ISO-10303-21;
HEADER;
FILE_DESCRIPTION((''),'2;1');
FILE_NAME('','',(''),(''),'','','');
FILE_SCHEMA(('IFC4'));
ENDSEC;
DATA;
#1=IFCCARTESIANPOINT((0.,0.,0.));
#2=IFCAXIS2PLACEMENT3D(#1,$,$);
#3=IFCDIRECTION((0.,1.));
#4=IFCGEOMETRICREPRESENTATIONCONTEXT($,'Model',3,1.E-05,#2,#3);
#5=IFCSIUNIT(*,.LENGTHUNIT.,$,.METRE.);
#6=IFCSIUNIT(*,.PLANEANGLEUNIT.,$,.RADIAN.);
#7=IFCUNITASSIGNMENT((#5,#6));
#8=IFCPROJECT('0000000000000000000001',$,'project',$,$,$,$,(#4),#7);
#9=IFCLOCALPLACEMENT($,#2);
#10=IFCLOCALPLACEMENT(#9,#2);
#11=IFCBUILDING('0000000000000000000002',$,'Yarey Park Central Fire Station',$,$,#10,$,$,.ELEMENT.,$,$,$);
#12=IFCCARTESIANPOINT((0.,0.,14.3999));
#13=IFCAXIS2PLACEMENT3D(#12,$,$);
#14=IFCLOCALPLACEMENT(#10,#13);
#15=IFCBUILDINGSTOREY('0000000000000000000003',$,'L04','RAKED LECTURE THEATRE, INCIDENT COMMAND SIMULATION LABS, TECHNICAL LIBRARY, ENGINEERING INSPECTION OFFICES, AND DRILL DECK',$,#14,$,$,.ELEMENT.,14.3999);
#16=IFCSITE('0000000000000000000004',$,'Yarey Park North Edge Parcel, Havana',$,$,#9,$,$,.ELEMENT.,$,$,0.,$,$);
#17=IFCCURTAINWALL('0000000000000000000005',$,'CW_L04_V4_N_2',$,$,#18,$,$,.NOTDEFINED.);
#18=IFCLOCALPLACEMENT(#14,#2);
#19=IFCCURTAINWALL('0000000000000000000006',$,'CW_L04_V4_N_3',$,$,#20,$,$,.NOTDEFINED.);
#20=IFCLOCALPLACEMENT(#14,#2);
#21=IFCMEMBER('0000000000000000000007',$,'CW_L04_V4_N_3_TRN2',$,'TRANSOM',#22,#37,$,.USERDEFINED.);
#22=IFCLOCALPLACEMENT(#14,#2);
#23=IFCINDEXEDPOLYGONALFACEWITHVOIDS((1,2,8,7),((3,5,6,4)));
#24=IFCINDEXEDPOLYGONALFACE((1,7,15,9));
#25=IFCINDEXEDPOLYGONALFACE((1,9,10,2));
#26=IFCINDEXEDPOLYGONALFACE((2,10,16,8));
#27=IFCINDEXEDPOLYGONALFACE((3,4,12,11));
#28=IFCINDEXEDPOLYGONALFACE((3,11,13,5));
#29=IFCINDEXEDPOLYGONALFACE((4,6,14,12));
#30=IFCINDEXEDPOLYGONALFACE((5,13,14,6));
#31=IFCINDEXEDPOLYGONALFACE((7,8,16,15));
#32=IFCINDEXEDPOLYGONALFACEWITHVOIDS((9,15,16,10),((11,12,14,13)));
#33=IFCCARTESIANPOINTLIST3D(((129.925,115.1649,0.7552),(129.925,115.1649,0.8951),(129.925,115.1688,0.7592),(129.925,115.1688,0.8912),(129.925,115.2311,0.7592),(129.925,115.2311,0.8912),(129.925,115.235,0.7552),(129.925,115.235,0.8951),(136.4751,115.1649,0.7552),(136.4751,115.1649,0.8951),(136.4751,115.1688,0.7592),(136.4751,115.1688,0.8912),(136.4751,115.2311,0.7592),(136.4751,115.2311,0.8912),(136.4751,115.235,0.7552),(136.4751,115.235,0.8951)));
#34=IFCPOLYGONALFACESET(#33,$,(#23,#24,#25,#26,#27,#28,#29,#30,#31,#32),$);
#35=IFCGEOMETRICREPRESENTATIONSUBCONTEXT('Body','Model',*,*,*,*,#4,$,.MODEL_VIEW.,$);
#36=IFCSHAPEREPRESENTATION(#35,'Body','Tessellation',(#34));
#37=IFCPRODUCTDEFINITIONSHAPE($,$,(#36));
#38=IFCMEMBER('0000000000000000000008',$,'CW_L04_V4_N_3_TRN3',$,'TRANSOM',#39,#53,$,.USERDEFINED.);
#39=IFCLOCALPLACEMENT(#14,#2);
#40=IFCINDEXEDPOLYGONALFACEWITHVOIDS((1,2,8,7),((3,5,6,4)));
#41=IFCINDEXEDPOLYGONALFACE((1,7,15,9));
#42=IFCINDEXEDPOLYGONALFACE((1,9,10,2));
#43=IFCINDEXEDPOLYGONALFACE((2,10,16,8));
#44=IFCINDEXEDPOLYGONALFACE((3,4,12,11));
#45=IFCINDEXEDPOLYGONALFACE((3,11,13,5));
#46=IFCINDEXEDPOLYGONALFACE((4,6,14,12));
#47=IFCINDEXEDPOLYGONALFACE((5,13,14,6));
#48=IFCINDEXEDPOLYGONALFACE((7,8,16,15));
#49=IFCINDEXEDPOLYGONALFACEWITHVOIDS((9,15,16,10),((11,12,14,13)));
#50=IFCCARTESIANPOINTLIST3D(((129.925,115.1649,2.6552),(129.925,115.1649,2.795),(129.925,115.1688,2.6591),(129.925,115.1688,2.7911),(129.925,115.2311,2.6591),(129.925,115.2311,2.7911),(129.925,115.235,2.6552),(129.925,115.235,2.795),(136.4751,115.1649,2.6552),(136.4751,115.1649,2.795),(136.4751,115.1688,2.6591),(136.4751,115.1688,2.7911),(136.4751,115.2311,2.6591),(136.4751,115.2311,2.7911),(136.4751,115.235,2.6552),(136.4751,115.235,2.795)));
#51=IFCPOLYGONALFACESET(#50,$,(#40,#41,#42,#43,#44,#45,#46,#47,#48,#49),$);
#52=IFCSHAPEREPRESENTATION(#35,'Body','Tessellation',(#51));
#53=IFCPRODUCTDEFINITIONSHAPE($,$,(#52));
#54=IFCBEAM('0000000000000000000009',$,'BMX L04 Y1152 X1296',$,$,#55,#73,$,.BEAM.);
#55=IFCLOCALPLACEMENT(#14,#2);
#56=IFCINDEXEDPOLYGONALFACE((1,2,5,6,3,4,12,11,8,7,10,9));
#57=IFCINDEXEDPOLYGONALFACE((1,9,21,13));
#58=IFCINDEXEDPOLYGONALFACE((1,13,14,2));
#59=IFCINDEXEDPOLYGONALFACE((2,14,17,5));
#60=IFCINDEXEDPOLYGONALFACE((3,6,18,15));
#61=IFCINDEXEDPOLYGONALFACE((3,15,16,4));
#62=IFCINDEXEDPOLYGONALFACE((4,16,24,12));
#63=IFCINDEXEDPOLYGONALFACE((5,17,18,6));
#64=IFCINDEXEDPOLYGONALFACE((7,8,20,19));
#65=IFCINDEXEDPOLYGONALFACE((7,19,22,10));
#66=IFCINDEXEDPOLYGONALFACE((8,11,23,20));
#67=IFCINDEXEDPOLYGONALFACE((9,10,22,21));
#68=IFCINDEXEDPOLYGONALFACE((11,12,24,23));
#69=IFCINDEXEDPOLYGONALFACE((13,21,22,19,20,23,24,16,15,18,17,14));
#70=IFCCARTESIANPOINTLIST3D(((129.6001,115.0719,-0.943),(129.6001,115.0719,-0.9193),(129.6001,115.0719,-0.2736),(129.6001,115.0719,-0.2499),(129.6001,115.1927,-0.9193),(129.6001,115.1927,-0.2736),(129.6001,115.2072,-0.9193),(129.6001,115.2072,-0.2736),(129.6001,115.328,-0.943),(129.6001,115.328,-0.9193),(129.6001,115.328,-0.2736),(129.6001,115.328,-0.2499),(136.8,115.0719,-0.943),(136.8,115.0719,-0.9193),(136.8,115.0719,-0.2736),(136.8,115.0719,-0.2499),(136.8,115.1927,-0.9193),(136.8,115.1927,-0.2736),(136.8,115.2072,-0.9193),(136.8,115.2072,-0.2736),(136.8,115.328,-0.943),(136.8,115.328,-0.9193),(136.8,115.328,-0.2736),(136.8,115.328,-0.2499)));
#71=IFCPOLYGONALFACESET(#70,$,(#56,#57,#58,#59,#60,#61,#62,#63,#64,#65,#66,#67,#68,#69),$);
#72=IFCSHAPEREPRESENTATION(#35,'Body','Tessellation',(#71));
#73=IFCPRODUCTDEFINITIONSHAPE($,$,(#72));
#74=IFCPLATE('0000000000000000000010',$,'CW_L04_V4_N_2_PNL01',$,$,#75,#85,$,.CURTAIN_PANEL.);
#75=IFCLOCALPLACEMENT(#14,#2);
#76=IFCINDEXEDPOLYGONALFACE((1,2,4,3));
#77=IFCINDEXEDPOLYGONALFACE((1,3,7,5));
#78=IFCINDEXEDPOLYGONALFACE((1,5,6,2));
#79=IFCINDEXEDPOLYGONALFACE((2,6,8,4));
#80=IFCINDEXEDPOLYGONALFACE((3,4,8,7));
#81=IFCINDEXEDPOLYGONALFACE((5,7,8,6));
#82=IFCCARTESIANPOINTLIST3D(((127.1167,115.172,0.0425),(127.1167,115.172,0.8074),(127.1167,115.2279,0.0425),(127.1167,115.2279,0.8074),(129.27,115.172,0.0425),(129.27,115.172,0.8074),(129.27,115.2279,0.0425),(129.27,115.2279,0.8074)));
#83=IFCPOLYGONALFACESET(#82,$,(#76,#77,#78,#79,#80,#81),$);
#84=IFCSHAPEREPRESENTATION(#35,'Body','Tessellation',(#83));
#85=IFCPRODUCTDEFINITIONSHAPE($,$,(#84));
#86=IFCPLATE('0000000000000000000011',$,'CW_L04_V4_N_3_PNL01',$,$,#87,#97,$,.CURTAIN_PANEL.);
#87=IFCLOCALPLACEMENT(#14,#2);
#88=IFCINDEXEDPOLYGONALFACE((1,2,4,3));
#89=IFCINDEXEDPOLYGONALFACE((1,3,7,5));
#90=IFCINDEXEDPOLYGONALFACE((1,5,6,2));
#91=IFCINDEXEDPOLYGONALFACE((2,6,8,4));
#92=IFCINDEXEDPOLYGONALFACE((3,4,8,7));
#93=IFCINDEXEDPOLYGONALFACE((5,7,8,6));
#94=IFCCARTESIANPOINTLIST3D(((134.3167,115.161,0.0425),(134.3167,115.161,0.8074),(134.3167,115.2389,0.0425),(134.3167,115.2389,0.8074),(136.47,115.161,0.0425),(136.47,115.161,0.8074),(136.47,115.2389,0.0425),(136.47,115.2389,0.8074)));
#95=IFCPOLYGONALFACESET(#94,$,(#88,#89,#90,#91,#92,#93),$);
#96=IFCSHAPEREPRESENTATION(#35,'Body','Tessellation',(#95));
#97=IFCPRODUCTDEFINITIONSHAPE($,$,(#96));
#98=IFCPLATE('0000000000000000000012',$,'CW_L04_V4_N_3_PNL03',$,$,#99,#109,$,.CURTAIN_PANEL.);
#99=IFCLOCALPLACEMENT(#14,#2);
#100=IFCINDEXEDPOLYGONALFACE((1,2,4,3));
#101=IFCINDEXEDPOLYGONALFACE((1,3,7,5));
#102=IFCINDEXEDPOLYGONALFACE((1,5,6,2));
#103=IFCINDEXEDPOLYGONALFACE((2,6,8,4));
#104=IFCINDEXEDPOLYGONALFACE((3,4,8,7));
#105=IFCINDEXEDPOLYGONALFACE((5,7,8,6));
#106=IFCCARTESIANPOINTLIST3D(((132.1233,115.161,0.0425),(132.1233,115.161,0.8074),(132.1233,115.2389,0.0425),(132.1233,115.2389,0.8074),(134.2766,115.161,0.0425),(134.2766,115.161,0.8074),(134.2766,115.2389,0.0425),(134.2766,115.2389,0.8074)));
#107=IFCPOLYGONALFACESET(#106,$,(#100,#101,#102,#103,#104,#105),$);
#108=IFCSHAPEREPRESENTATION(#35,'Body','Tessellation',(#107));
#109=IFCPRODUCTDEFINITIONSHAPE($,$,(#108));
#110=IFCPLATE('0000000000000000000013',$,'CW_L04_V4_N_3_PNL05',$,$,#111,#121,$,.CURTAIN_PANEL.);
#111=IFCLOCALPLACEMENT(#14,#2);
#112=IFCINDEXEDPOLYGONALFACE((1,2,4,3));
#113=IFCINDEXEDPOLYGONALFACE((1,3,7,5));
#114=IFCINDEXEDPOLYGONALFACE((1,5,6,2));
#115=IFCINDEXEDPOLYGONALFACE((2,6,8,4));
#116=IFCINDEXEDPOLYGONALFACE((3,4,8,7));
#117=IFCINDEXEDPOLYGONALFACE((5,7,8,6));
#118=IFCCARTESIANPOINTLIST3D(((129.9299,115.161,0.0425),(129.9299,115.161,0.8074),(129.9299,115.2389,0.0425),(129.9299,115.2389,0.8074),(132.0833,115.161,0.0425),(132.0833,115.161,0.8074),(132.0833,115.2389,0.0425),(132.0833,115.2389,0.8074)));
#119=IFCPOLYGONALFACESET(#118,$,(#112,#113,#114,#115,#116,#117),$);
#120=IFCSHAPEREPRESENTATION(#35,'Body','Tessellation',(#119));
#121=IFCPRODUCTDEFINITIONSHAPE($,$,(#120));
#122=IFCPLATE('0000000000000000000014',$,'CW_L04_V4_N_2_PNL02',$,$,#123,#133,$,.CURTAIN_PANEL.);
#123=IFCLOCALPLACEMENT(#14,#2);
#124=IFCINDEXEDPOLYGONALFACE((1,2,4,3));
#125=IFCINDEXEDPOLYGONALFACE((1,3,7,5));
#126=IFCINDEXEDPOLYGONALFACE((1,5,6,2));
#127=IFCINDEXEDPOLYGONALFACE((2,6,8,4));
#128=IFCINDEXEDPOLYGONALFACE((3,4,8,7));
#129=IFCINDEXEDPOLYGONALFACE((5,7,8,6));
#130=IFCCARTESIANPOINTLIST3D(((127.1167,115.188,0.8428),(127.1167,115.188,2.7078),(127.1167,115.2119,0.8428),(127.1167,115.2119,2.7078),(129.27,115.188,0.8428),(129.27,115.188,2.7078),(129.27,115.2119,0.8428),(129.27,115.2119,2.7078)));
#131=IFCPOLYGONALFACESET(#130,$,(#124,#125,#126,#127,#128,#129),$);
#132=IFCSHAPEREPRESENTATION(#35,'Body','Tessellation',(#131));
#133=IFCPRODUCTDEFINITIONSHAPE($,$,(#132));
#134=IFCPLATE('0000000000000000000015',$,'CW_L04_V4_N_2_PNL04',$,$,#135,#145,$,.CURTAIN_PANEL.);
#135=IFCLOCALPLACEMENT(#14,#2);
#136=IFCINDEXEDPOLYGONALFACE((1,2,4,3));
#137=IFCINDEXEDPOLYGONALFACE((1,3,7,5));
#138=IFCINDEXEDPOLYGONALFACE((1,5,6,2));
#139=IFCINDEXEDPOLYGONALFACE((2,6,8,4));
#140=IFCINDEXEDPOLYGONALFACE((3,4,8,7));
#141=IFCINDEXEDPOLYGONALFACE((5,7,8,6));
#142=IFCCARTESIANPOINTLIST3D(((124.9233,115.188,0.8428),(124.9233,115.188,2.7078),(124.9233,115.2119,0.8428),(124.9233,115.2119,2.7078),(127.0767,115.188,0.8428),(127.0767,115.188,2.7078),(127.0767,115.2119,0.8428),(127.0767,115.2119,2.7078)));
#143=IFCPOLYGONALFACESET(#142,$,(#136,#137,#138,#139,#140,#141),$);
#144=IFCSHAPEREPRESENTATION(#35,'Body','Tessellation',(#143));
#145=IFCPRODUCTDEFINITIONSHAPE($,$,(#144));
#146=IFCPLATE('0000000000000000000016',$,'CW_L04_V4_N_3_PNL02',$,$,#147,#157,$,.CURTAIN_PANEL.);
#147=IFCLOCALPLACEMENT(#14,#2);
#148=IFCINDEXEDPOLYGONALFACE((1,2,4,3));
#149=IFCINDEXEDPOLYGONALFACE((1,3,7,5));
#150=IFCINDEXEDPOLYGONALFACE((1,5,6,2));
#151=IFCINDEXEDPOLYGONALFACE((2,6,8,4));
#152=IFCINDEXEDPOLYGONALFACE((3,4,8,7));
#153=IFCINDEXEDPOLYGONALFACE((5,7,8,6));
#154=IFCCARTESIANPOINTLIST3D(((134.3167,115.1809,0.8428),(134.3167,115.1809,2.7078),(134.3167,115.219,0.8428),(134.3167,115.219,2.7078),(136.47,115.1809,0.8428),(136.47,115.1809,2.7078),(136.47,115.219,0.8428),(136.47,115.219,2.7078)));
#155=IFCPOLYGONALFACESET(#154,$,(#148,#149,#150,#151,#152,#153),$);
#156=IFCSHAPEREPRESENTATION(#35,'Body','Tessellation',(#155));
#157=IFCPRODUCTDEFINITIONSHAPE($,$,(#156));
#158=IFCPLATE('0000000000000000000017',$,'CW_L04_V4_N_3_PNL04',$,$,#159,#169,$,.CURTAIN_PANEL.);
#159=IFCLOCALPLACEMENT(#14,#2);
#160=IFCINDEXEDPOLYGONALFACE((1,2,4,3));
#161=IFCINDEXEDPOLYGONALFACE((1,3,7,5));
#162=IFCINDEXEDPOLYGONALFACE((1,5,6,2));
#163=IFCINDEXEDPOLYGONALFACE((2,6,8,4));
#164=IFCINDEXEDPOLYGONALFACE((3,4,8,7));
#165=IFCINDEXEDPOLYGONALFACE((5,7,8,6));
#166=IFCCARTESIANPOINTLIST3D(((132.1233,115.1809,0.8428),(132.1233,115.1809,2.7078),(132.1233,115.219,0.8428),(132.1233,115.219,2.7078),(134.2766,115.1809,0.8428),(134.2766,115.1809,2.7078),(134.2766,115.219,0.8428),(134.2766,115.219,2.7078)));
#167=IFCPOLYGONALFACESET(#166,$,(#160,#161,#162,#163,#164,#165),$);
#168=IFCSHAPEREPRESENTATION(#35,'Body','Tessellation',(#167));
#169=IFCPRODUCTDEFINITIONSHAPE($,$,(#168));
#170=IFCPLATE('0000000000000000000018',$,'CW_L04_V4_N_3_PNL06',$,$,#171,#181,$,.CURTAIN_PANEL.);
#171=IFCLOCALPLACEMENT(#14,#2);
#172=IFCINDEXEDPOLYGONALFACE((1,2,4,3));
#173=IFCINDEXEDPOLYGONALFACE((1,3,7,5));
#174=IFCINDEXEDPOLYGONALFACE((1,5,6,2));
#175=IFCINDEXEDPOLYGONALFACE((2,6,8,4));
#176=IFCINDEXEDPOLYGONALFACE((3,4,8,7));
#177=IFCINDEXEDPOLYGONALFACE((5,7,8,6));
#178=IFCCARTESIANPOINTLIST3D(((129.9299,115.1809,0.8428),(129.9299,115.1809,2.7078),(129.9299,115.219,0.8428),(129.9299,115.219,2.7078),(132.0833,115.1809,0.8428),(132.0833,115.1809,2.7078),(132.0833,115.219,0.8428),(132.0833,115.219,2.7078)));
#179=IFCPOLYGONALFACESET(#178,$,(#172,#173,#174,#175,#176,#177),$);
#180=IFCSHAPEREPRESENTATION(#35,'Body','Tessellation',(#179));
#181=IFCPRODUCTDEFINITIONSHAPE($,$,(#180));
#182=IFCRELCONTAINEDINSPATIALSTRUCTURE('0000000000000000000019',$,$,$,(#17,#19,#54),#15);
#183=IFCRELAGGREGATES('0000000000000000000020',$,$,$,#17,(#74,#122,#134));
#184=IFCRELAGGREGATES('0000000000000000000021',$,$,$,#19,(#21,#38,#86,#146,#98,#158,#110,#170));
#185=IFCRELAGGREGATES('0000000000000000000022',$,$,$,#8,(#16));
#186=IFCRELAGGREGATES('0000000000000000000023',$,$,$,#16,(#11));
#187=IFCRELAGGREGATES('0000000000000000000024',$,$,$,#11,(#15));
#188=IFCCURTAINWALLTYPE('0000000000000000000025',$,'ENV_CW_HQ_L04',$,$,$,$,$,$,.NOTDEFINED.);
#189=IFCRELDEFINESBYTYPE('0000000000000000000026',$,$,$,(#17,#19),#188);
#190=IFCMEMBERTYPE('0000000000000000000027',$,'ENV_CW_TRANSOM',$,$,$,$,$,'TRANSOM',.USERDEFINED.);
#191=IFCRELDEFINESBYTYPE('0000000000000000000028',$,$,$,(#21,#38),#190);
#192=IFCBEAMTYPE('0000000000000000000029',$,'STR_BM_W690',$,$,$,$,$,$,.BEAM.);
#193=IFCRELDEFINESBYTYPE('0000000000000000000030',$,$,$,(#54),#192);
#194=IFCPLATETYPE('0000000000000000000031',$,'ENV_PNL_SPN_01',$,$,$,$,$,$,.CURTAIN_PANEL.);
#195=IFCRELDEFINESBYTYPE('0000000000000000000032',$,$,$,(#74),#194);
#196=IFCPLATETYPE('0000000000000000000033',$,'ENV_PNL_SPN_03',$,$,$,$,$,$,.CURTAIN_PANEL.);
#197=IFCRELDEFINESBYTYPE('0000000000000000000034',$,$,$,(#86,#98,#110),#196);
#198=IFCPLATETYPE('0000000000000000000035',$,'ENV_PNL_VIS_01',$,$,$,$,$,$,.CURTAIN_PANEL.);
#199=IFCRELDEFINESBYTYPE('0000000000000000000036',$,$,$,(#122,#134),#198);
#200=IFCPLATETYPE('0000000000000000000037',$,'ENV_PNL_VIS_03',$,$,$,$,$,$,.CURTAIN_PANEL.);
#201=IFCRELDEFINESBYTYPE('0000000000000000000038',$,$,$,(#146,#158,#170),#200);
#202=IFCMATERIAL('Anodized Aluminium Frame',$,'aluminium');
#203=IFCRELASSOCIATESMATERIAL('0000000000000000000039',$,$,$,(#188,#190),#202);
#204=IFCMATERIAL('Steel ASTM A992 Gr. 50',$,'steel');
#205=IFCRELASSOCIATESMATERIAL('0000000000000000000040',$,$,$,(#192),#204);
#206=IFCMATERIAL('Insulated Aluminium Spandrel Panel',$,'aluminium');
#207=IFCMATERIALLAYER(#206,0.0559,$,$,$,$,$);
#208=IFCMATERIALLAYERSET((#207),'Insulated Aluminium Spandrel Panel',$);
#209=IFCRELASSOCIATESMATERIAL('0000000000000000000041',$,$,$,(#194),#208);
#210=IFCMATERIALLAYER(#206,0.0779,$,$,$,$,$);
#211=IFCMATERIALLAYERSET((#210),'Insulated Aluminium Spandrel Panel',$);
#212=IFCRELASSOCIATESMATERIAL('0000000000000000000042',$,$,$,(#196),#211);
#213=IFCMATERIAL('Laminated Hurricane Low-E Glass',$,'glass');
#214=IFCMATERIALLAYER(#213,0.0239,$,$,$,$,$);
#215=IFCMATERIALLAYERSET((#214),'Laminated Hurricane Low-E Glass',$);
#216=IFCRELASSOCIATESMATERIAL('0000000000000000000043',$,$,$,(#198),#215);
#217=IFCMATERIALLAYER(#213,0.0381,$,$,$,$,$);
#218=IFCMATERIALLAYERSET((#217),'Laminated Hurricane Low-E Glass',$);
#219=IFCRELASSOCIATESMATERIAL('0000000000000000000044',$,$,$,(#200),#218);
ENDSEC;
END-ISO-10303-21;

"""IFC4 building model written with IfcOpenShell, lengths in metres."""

from ifc_helpers import new_model, si_unit, direction, frame, origin, origin_2d, place, context, subcontext, project, spatial, rectangle, hollow_rectangle, i_section, extrude, material, layer, layer_set, material_profile, profile_set, type_object, element, aggregate, save


model = new_model("IFC4")

# Units and contexts
model_context = context("Model", 3, precision=1e-05, world=origin(), true_north=direction((0.0, 1.0)))
body_context = subcontext(model_context, "Body", "Model", "MODEL_VIEW")
ifc_project = project(units=[si_unit("LENGTHUNIT", "METRE"), si_unit("PLANEANGLEUNIT", "RADIAN")], contexts=[model_context])

# Site, building, storey
site_placement = place(None, origin())
site = spatial("IfcSite", under=ifc_project, at=site_placement, Name="Yarey Park North Edge Parcel, Havana", CompositionType="ELEMENT", RefElevation=0.0)
building_placement = place(site_placement, origin())
building = spatial("IfcBuilding", under=site, at=building_placement, Name="Yarey Park Central Fire Station", CompositionType="ELEMENT")
storey_placement = place(building_placement, frame((0.0, 0.0, 14.3999)))
storey = spatial("IfcBuildingStorey", under=building, at=storey_placement, Name="L04", Description="RAKED LECTURE THEATRE, INCIDENT COMMAND SIMULATION LABS, TECHNICAL LIBRARY, ENGINEERING INSPECTION OFFICES, AND DRILL DECK", CompositionType="ELEMENT", Elevation=14.3999)

# Curtain walls
ifc_material_1 = material(Name="Anodized Aluminium Frame", Category="aluminium")
curtain_wall_type = type_object("IfcCurtainWallType", Name="ENV_CW_HQ_L04", PredefinedType="NOTDEFINED", material=ifc_material_1)
curtain_wall_1_placement = place(storey_placement, origin())
curtain_wall_1 = element("IfcCurtainWall", 1, at=curtain_wall_1_placement, inside=storey, type_object=curtain_wall_type, Name="CW_L04_V4_N_2", PredefinedType="NOTDEFINED")
curtain_wall_2_placement = place(storey_placement, origin())
curtain_wall_2 = element("IfcCurtainWall", 2, at=curtain_wall_2_placement, inside=storey, type_object=curtain_wall_type, Name="CW_L04_V4_N_3", PredefinedType="NOTDEFINED")

# Members
ifc_material_profile_1 = material_profile(ifc_material_1, hollow_rectangle(XDim=0.0701, YDim=0.1399, WallThickness=0.0039, at=origin_2d()), Name="ALU 140x70x4")
ifc_profile_set_1 = profile_set([ifc_material_profile_1], Name="Anodized Aluminium Frame")
member_type_1 = type_object("IfcMemberType", Name="ENV_CW_TRANSOM", ElementType="TRANSOM", PredefinedType="USERDEFINED", material=ifc_profile_set_1)
member_1_placement = place(storey_placement, frame((136.4751, 115.2, 0.8252), z_axis=(-1.0, 0.0, 0.0), x_axis=(0.0, -1.0, 0.0)))
member_1 = element("IfcMember", 3, at=member_1_placement, type_object=member_type_1, Name="CW_L04_V4_N_3_TRN2", ObjectType="TRANSOM", PredefinedType="USERDEFINED", context=body_context, shape_type="SweptSolid", body=[
    extrude(hollow_rectangle(XDim=0.0701, YDim=0.1399, WallThickness=0.0039, at=origin_2d()), origin(), (0.0, 0.0, 1.0), 6.55),
])
member_2_placement = place(storey_placement, frame((136.4751, 115.2, 2.7251), z_axis=(-1.0, 0.0, 0.0), x_axis=(0.0, -1.0, 0.0)))
member_2 = element("IfcMember", 4, at=member_2_placement, type_object=member_type_1, Name="CW_L04_V4_N_3_TRN3", ObjectType="TRANSOM", PredefinedType="USERDEFINED", context=body_context, shape_type="SweptSolid", body=[
    extrude(hollow_rectangle(XDim=0.0701, YDim=0.1399, WallThickness=0.0039, at=origin_2d()), origin(), (0.0, 0.0, 1.0), 6.55),
])

# Beam
ifc_material_2 = material(Name="Steel ASTM A992 Gr. 50", Category="steel")
ifc_material_profile_2 = material_profile(ifc_material_2, i_section(OverallWidth=0.2561, OverallDepth=0.6931, WebThickness=0.0144, FlangeThickness=0.0237, at=origin_2d()), Name="W690x170")
ifc_profile_set_2 = profile_set([ifc_material_profile_2], Name="Steel ASTM A992 Gr. 50")
beam_type = type_object("IfcBeamType", Name="STR_BM_W690", PredefinedType="BEAM", material=ifc_profile_set_2)
beam_placement = place(storey_placement, frame((129.6001, 115.2, -0.5964), z_axis=(1.0, 0.0, 0.0), x_axis=(0.0, 1.0, 0.0)))
element("IfcBeam", 5, at=beam_placement, inside=storey, type_object=beam_type, Name="BMX L04 Y1152 X1296", PredefinedType="BEAM", context=body_context, shape_type="SweptSolid", body=[
    extrude(i_section(OverallWidth=0.2561, OverallDepth=0.6931, WebThickness=0.0144, FlangeThickness=0.0237, at=origin_2d()), origin(), (0.0, 0.0, 1.0), 7.2),
])

# Plates
ifc_material_3 = material(Name="Insulated Aluminium Spandrel Panel", Category="aluminium")
ifc_layer_1 = layer(ifc_material_3, 0.0559)
ifc_layer_set_1 = layer_set([ifc_layer_1], Name="Insulated Aluminium Spandrel Panel")
plate_type_1 = type_object("IfcPlateType", Name="ENV_PNL_SPN_01", PredefinedType="CURTAIN_PANEL", material=ifc_layer_set_1)
plate_1_placement = place(storey_placement, frame((128.1934, 115.2, 0.0425), z_axis=(0.0, 0.0, 1.0), x_axis=(-1.0, 0.0, 0.0)))
plate_1 = element("IfcPlate", 6, at=plate_1_placement, type_object=plate_type_1, Name="CW_L04_V4_N_2_PNL01", PredefinedType="CURTAIN_PANEL", context=body_context, shape_type="SweptSolid", body=[
    extrude(rectangle(XDim=2.1533, YDim=0.0559, at=origin_2d()), origin(), (0.0, 0.0, 1.0), 0.7649),
])
ifc_layer_2 = layer(ifc_material_3, 0.0779)
ifc_layer_set_2 = layer_set([ifc_layer_2], Name="Insulated Aluminium Spandrel Panel")
plate_type_2 = type_object("IfcPlateType", Name="ENV_PNL_SPN_03", PredefinedType="CURTAIN_PANEL", material=ifc_layer_set_2)
plate_2_placement = place(storey_placement, frame((135.3933, 115.2, 0.0425), z_axis=(0.0, 0.0, 1.0), x_axis=(-1.0, 0.0, 0.0)))
plate_2 = element("IfcPlate", 7, at=plate_2_placement, type_object=plate_type_2, Name="CW_L04_V4_N_3_PNL01", PredefinedType="CURTAIN_PANEL", context=body_context, shape_type="SweptSolid", body=[
    extrude(rectangle(XDim=2.1533, YDim=0.0779, at=origin_2d()), origin(), (0.0, 0.0, 1.0), 0.7649),
])
plate_3_placement = place(storey_placement, frame((133.2, 115.2, 0.0425), z_axis=(0.0, 0.0, 1.0), x_axis=(-1.0, 0.0, 0.0)))
plate_3 = element("IfcPlate", 8, at=plate_3_placement, type_object=plate_type_2, Name="CW_L04_V4_N_3_PNL03", PredefinedType="CURTAIN_PANEL", context=body_context, shape_type="SweptSolid", body=[
    extrude(rectangle(XDim=2.1533, YDim=0.0779, at=origin_2d()), origin(), (0.0, 0.0, 1.0), 0.7649),
])
plate_4_placement = place(storey_placement, frame((131.0066, 115.2, 0.0425), z_axis=(0.0, 0.0, 1.0), x_axis=(-1.0, 0.0, 0.0)))
plate_4 = element("IfcPlate", 9, at=plate_4_placement, type_object=plate_type_2, Name="CW_L04_V4_N_3_PNL05", PredefinedType="CURTAIN_PANEL", context=body_context, shape_type="SweptSolid", body=[
    extrude(rectangle(XDim=2.1533, YDim=0.0779, at=origin_2d()), origin(), (0.0, 0.0, 1.0), 0.7649),
])
ifc_material_4 = material(Name="Laminated Hurricane Low-E Glass", Category="glass")
ifc_layer_3 = layer(ifc_material_4, 0.0239)
ifc_layer_set_3 = layer_set([ifc_layer_3], Name="Laminated Hurricane Low-E Glass")
plate_type_3 = type_object("IfcPlateType", Name="ENV_PNL_VIS_01", PredefinedType="CURTAIN_PANEL", material=ifc_layer_set_3)
plate_5_placement = place(storey_placement, frame((128.1934, 115.2, 0.8428), z_axis=(0.0, 0.0, 1.0), x_axis=(-1.0, 0.0, 0.0)))
plate_5 = element("IfcPlate", 10, at=plate_5_placement, type_object=plate_type_3, Name="CW_L04_V4_N_2_PNL02", PredefinedType="CURTAIN_PANEL", context=body_context, shape_type="SweptSolid", body=[
    extrude(rectangle(XDim=2.1533, YDim=0.0239, at=origin_2d()), origin(), (0.0, 0.0, 1.0), 1.865),
])
plate_6_placement = place(storey_placement, frame((126.0, 115.2, 0.8428), z_axis=(0.0, 0.0, 1.0), x_axis=(-1.0, 0.0, 0.0)))
plate_6 = element("IfcPlate", 11, at=plate_6_placement, type_object=plate_type_3, Name="CW_L04_V4_N_2_PNL04", PredefinedType="CURTAIN_PANEL", context=body_context, shape_type="SweptSolid", body=[
    extrude(rectangle(XDim=2.1533, YDim=0.0239, at=origin_2d()), origin(), (0.0, 0.0, 1.0), 1.865),
])
aggregate(curtain_wall_1, [plate_1, plate_5, plate_6])
ifc_layer_4 = layer(ifc_material_4, 0.0381)
ifc_layer_set_4 = layer_set([ifc_layer_4], Name="Laminated Hurricane Low-E Glass")
plate_type_4 = type_object("IfcPlateType", Name="ENV_PNL_VIS_03", PredefinedType="CURTAIN_PANEL", material=ifc_layer_set_4)
plate_7_placement = place(storey_placement, frame((135.3933, 115.2, 0.8428), z_axis=(0.0, 0.0, 1.0), x_axis=(-1.0, 0.0, 0.0)))
plate_7 = element("IfcPlate", 12, at=plate_7_placement, type_object=plate_type_4, Name="CW_L04_V4_N_3_PNL02", PredefinedType="CURTAIN_PANEL", context=body_context, shape_type="SweptSolid", body=[
    extrude(rectangle(XDim=2.1533, YDim=0.0381, at=origin_2d()), origin(), (0.0, 0.0, 1.0), 1.865),
])
plate_8_placement = place(storey_placement, frame((133.2, 115.2, 0.8428), z_axis=(0.0, 0.0, 1.0), x_axis=(-1.0, 0.0, 0.0)))
plate_8 = element("IfcPlate", 13, at=plate_8_placement, type_object=plate_type_4, Name="CW_L04_V4_N_3_PNL04", PredefinedType="CURTAIN_PANEL", context=body_context, shape_type="SweptSolid", body=[
    extrude(rectangle(XDim=2.1533, YDim=0.0381, at=origin_2d()), origin(), (0.0, 0.0, 1.0), 1.865),
])
plate_9_placement = place(storey_placement, frame((131.0066, 115.2, 0.8428), z_axis=(0.0, 0.0, 1.0), x_axis=(-1.0, 0.0, 0.0)))
plate_9 = element("IfcPlate", 14, at=plate_9_placement, type_object=plate_type_4, Name="CW_L04_V4_N_3_PNL06", PredefinedType="CURTAIN_PANEL", context=body_context, shape_type="SweptSolid", body=[
    extrude(rectangle(XDim=2.1533, YDim=0.0381, at=origin_2d()), origin(), (0.0, 0.0, 1.0), 1.865),
])
aggregate(curtain_wall_2, [member_1, member_2, plate_2, plate_7, plate_3, plate_8, plate_4, plate_9])

save(model, "model.ifc")
